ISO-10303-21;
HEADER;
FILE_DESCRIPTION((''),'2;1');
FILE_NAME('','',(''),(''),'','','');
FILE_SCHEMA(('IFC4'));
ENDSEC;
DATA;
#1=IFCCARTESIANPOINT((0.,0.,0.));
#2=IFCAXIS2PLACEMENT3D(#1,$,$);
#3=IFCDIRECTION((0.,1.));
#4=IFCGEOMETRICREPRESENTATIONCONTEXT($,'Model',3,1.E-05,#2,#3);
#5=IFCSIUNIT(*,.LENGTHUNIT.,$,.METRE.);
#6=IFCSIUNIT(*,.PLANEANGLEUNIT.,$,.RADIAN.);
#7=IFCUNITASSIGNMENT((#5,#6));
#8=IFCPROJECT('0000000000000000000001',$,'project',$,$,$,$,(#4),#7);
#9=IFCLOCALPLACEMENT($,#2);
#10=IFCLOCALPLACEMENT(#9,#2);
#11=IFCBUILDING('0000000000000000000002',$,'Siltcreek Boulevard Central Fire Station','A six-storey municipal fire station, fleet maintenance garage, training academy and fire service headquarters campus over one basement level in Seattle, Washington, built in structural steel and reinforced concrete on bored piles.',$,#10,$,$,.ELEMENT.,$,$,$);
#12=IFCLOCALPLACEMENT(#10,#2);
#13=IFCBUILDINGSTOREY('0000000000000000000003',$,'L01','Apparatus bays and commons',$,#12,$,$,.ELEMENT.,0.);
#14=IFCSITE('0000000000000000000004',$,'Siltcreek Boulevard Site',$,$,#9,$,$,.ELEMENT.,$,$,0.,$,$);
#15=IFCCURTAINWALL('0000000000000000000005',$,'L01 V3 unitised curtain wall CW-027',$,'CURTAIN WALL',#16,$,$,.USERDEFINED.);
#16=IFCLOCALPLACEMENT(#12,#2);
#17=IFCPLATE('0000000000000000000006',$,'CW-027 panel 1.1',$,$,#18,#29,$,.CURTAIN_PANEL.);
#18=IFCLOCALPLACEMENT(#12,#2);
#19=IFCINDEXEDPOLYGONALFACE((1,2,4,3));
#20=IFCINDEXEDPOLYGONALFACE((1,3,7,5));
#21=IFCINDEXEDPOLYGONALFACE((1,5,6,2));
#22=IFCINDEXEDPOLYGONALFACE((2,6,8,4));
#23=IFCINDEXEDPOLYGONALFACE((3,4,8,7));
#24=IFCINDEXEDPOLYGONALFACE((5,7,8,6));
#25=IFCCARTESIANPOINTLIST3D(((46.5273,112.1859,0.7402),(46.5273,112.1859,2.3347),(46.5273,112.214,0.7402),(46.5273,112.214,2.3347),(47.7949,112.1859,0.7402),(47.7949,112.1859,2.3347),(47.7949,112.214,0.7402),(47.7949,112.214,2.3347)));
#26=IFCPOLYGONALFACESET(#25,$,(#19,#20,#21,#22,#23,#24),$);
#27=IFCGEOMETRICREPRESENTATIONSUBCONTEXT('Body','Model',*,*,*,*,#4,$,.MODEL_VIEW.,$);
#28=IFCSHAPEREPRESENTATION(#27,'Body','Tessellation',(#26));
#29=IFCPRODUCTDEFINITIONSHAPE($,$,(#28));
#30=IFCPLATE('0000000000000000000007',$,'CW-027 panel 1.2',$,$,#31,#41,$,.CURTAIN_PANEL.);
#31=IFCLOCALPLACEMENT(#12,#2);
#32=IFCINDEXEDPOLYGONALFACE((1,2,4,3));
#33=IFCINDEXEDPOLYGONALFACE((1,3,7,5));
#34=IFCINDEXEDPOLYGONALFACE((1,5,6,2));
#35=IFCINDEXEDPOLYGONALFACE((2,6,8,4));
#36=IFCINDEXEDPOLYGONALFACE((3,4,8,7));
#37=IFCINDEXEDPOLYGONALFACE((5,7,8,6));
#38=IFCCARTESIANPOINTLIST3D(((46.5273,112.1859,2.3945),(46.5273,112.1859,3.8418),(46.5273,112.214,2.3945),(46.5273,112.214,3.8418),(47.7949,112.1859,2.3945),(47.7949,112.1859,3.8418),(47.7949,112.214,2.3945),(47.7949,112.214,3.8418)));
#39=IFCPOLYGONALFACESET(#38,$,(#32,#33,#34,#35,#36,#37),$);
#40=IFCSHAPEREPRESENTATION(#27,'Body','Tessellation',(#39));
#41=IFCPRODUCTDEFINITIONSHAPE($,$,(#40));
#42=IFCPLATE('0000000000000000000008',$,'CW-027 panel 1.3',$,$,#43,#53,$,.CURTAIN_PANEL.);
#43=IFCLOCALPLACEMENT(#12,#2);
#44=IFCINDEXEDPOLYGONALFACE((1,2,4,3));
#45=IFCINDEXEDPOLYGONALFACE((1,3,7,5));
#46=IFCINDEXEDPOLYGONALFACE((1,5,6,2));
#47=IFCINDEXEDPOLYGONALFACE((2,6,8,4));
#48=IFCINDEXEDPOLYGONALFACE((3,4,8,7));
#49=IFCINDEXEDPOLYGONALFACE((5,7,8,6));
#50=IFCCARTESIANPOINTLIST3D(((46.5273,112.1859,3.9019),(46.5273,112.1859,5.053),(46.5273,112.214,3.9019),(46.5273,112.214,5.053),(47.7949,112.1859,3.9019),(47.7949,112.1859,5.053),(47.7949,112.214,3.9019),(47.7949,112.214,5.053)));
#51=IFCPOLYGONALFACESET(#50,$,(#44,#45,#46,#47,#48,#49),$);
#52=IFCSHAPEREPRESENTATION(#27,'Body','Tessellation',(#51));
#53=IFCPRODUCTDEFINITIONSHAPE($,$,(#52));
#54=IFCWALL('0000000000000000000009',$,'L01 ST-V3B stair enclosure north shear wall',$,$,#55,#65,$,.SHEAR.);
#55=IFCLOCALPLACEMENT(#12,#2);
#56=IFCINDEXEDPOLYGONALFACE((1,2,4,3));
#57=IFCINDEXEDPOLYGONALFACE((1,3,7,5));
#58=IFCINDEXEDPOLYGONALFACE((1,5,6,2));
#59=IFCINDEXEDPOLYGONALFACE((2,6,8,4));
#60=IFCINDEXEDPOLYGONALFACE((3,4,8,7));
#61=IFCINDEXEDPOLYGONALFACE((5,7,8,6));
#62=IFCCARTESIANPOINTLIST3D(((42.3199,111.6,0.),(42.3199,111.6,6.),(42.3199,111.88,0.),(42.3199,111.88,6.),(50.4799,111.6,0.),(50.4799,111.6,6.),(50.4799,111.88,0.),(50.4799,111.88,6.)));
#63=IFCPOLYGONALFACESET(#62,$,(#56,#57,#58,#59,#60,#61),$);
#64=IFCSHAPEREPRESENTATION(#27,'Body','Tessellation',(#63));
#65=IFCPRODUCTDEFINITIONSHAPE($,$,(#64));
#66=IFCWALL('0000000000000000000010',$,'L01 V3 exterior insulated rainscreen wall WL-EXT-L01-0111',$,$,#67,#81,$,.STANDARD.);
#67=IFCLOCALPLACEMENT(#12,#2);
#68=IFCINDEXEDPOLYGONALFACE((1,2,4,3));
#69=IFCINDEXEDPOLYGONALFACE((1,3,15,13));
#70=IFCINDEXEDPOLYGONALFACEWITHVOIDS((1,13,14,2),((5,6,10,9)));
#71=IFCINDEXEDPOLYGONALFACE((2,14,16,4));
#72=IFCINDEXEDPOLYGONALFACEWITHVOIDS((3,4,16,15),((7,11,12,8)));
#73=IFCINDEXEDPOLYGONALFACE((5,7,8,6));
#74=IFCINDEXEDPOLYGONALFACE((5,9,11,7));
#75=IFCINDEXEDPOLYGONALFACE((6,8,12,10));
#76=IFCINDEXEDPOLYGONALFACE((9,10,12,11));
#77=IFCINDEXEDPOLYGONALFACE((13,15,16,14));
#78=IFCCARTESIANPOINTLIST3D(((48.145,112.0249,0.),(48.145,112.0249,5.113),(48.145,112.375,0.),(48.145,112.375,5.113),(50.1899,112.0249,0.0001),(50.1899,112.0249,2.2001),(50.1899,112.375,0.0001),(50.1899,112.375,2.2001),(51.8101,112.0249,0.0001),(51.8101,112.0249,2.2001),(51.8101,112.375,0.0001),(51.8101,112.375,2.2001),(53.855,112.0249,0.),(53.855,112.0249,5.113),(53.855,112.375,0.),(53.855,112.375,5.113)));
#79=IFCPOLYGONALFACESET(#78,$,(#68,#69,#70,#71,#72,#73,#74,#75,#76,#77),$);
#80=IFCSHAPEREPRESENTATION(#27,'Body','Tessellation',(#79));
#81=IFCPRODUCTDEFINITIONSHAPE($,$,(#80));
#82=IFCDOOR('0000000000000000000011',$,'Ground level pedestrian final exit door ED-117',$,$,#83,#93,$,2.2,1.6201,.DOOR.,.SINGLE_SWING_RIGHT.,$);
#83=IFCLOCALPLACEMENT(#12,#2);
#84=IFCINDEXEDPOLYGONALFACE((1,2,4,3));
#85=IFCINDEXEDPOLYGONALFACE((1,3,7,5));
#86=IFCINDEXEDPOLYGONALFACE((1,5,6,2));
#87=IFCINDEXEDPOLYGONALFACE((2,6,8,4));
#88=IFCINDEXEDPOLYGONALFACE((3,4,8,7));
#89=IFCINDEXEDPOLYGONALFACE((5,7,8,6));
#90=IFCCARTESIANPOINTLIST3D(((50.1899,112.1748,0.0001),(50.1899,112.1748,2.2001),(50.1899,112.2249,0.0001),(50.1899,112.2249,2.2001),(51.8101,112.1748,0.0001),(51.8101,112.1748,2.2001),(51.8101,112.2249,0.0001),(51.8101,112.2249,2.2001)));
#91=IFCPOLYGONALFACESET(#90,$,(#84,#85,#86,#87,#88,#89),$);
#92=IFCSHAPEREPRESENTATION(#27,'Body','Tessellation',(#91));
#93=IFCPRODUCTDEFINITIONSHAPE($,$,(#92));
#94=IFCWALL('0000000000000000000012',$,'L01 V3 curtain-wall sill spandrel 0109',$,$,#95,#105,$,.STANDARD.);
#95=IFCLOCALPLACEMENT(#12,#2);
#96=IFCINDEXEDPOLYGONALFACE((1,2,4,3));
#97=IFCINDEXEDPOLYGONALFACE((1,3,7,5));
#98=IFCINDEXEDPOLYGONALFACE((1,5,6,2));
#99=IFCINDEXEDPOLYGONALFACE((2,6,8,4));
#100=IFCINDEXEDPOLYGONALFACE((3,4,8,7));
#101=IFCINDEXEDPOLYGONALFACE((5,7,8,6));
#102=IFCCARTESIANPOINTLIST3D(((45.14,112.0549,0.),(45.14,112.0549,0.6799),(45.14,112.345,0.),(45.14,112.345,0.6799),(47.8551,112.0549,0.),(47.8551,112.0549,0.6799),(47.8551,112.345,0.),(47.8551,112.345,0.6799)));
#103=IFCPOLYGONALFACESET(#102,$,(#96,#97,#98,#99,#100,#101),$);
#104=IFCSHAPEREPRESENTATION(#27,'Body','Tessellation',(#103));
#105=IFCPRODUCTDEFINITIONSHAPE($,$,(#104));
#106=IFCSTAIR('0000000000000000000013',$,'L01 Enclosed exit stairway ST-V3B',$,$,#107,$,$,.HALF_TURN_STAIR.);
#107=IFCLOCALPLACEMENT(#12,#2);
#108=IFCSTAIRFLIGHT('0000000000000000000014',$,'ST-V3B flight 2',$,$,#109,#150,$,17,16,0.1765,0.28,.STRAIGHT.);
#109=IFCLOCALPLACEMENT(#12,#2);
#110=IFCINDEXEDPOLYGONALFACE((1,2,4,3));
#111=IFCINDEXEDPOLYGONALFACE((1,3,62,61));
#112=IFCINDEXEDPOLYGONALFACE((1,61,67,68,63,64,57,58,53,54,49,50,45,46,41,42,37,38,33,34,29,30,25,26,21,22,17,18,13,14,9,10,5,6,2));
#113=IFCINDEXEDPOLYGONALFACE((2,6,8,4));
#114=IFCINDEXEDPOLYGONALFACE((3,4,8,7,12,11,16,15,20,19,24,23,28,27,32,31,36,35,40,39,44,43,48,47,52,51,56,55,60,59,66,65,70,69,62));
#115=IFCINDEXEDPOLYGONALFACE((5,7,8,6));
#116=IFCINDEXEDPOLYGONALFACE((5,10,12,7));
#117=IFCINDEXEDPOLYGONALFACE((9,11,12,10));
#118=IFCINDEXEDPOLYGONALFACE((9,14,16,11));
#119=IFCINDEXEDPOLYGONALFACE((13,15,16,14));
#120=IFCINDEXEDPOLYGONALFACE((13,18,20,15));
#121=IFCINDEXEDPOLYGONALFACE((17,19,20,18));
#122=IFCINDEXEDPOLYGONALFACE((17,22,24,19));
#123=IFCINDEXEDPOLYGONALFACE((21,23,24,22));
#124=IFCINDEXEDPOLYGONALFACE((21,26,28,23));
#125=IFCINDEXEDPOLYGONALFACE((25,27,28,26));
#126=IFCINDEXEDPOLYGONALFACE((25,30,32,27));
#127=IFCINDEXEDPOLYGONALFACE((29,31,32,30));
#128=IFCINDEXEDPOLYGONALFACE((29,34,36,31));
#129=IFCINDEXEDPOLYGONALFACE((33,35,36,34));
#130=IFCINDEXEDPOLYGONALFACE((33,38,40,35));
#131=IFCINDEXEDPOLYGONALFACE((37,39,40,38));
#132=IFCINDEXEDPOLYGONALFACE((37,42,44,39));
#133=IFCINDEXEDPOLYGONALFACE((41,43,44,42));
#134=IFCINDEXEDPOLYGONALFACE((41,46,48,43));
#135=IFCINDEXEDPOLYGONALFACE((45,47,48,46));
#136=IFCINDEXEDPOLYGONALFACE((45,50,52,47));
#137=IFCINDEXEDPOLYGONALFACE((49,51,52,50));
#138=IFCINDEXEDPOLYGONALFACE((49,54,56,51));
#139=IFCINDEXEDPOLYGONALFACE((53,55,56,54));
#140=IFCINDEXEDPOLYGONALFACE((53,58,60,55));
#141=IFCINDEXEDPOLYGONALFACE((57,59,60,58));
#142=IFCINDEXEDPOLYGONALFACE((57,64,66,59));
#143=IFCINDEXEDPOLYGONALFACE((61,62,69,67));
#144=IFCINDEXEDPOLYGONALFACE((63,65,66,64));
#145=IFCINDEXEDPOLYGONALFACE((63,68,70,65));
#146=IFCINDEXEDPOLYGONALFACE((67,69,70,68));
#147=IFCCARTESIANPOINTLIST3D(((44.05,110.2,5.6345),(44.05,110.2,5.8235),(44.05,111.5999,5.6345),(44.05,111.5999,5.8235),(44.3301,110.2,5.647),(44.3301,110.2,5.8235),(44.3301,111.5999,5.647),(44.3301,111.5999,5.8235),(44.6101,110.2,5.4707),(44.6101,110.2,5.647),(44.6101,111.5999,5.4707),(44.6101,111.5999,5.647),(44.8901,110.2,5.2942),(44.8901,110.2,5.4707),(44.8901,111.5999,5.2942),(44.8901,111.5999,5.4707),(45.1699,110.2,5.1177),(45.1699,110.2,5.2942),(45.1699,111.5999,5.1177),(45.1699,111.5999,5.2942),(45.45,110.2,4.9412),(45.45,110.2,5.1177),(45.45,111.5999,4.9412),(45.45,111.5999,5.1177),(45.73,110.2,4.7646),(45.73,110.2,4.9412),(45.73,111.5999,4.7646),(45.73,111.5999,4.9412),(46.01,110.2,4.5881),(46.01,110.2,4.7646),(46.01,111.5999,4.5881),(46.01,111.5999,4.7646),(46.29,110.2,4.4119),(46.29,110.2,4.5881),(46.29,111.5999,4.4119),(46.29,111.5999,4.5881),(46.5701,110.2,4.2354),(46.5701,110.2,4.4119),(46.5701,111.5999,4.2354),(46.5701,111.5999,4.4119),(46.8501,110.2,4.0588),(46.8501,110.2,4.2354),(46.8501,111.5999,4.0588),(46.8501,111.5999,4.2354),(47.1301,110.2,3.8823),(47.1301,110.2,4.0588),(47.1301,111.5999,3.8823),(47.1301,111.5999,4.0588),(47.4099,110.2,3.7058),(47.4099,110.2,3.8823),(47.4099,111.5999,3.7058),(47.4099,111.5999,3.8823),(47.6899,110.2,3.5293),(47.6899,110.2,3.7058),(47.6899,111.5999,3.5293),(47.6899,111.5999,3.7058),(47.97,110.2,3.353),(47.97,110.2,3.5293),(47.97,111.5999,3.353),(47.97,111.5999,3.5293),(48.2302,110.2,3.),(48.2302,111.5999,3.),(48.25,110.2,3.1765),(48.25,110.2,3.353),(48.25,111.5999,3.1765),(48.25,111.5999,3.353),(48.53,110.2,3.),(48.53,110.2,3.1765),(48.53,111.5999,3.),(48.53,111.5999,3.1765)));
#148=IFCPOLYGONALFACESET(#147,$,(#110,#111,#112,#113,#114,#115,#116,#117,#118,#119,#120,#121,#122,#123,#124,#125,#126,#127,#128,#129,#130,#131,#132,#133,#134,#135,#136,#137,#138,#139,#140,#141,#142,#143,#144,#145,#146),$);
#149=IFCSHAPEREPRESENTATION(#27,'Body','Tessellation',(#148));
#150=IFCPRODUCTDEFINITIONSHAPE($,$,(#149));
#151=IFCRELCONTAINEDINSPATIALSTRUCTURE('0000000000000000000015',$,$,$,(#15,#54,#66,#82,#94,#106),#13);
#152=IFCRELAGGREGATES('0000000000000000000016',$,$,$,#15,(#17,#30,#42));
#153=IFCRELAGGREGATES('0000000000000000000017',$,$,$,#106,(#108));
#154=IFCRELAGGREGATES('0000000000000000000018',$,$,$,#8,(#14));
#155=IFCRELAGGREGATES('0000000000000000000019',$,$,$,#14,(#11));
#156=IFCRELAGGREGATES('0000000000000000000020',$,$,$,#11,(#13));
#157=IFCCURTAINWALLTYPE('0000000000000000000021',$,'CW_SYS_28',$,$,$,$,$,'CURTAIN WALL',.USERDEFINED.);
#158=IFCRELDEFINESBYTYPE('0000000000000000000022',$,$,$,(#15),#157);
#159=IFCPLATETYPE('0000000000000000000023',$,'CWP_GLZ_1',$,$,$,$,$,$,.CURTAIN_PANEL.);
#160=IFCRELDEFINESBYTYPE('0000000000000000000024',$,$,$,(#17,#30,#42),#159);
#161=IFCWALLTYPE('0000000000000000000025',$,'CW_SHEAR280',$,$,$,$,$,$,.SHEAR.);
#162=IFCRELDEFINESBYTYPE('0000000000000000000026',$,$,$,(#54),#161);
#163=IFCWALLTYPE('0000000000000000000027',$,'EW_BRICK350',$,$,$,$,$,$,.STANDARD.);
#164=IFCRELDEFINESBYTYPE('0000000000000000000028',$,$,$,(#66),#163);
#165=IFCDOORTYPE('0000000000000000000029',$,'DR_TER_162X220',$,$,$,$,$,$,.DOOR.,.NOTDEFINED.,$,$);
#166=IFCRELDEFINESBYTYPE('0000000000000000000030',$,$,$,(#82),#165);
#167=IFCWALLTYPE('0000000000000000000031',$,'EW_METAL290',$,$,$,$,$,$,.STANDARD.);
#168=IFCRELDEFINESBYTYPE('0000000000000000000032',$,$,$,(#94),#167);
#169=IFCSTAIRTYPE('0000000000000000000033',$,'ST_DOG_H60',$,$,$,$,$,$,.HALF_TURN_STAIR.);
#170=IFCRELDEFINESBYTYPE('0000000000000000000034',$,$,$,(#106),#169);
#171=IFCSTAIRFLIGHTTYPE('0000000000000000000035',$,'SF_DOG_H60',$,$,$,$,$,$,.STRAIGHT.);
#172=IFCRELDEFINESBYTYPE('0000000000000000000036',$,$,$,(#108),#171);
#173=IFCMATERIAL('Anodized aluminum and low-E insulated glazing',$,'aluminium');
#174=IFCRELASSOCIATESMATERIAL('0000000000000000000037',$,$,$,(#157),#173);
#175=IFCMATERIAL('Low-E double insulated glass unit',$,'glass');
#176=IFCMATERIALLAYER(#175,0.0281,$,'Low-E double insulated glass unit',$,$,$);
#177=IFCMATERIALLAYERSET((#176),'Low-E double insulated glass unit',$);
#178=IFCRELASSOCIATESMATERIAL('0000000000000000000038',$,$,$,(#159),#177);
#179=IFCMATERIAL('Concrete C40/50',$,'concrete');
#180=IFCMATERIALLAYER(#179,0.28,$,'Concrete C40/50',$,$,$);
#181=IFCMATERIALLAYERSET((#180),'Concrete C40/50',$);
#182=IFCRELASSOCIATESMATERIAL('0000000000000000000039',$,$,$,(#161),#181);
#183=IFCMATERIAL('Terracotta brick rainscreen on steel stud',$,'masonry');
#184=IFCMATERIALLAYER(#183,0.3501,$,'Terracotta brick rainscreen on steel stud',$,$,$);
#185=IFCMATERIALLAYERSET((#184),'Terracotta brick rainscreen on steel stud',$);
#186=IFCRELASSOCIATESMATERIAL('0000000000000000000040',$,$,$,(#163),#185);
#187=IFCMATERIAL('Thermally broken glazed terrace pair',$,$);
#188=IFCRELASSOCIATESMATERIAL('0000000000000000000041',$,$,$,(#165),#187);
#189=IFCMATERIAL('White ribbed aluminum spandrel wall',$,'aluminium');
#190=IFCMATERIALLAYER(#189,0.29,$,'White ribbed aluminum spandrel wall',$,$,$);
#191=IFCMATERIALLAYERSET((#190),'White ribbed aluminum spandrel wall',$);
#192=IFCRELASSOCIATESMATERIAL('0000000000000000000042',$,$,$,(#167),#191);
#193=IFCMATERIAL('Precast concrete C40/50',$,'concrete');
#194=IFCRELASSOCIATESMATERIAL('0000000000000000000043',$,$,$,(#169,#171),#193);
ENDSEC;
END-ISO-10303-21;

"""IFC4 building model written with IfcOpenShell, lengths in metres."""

from ifc_helpers import new_model, si_unit, direction, frame, frame_2d, origin, origin_2d, place, context, subcontext, project, spatial, polyline, rectangle, outline, extrude, material, layer, layer_set, type_object, element, fill, aggregate, save


model = new_model("IFC4")

# Units and contexts
model_context = context("Model", 3, precision=1e-05, world=origin(), true_north=direction((0.0, 1.0)))
body_context = subcontext(model_context, "Body", "Model", "MODEL_VIEW")
ifc_project = project(units=[si_unit("LENGTHUNIT", "METRE"), si_unit("PLANEANGLEUNIT", "RADIAN")], contexts=[model_context])

# Site, building, storey
site_placement = place(None, origin())
site = spatial("IfcSite", under=ifc_project, at=site_placement, Name="Siltcreek Boulevard Site", CompositionType="ELEMENT", RefElevation=0.0)
building_placement = place(site_placement, origin())
building = spatial("IfcBuilding", under=site, at=building_placement, Name="Siltcreek Boulevard Central Fire Station", Description="A six-storey municipal fire station, fleet maintenance garage, training academy and fire service headquarters campus over one basement level in Seattle, Washington, built in structural steel and reinforced concrete on bored piles.", CompositionType="ELEMENT")
storey_placement = place(building_placement, origin())
storey = spatial("IfcBuildingStorey", under=building, at=storey_placement, Name="L01", Description="Apparatus bays and commons", CompositionType="ELEMENT", Elevation=0.0)

# Curtain wall
ifc_material_1 = material(Name="Anodized aluminum and low-E insulated glazing", Category="aluminium")
curtain_wall_type = type_object("IfcCurtainWallType", Name="CW_SYS_28", ElementType="CURTAIN WALL", PredefinedType="USERDEFINED", material=ifc_material_1)
curtain_wall_placement = place(storey_placement, origin())
curtain_wall = element("IfcCurtainWall", 1, at=curtain_wall_placement, inside=storey, type_object=curtain_wall_type, Name="L01 V3 unitised curtain wall CW-027", ObjectType="CURTAIN WALL", PredefinedType="USERDEFINED")

# Plates
ifc_material_2 = material(Name="Low-E double insulated glass unit", Category="glass")
ifc_layer_1 = layer(ifc_material_2, 0.0281, Name="Low-E double insulated glass unit")
ifc_layer_set_1 = layer_set([ifc_layer_1], Name="Low-E double insulated glass unit")
plate_type = type_object("IfcPlateType", Name="CWP_GLZ_1", PredefinedType="CURTAIN_PANEL", material=ifc_layer_set_1)
plate_1_placement = place(storey_placement, frame((47.1611, 112.2, 0.7402), z_axis=(0.0, 0.0, 1.0), x_axis=(-1.0, 0.0, 0.0)))
plate_1 = element("IfcPlate", 2, at=plate_1_placement, type_object=plate_type, Name="CW-027 panel 1.1", PredefinedType="CURTAIN_PANEL", context=body_context, shape_type="SweptSolid", body=[
    extrude(rectangle(XDim=1.2676, YDim=0.0281, at=origin_2d()), origin(), (0.0, 0.0, 1.0), 1.5945),
])
plate_2_placement = place(storey_placement, frame((47.1611, 112.2, 2.3945), z_axis=(0.0, 0.0, 1.0), x_axis=(-1.0, 0.0, 0.0)))
plate_2 = element("IfcPlate", 3, at=plate_2_placement, type_object=plate_type, Name="CW-027 panel 1.2", PredefinedType="CURTAIN_PANEL", context=body_context, shape_type="SweptSolid", body=[
    extrude(rectangle(XDim=1.2676, YDim=0.0281, at=origin_2d()), origin(), (0.0, 0.0, 1.0), 1.4473),
])
plate_3_placement = place(storey_placement, frame((47.1611, 112.2, 3.9019), z_axis=(0.0, 0.0, 1.0), x_axis=(-1.0, 0.0, 0.0)))
plate_3 = element("IfcPlate", 4, at=plate_3_placement, type_object=plate_type, Name="CW-027 panel 1.3", PredefinedType="CURTAIN_PANEL", context=body_context, shape_type="SweptSolid", body=[
    extrude(rectangle(XDim=1.2676, YDim=0.0281, at=origin_2d()), origin(), (0.0, 0.0, 1.0), 1.1511),
])
aggregate(curtain_wall, [plate_1, plate_2, plate_3])

# Wall
ifc_material_3 = material(Name="Concrete C40/50", Category="concrete")
ifc_layer_2 = layer(ifc_material_3, 0.28, Name="Concrete C40/50")
ifc_layer_set_2 = layer_set([ifc_layer_2], Name="Concrete C40/50")
wall_type_1 = type_object("IfcWallType", Name="CW_SHEAR280", PredefinedType="SHEAR", material=ifc_layer_set_2)
wall_1_placement = place(storey_placement, frame((50.48, 111.74, 0.0), z_axis=(0.0, 0.0, 1.0), x_axis=(-1.0, 0.0, 0.0)))
element("IfcWall", 5, at=wall_1_placement, inside=storey, type_object=wall_type_1, Name="L01 ST-V3B stair enclosure north shear wall", PredefinedType="SHEAR", context=body_context, shape_type="SweptSolid", body=[
    extrude(rectangle(XDim=8.1599, YDim=0.28, at=frame_2d((4.0801, 0.0))), origin(), (0.0, 0.0, 1.0), 6.0),
])

# Wall, opening, door
ifc_material_4 = material(Name="Terracotta brick rainscreen on steel stud", Category="masonry")
ifc_layer_3 = layer(ifc_material_4, 0.3501, Name="Terracotta brick rainscreen on steel stud")
ifc_layer_set_3 = layer_set([ifc_layer_3], Name="Terracotta brick rainscreen on steel stud")
wall_type_2 = type_object("IfcWallType", Name="EW_BRICK350", PredefinedType="STANDARD", material=ifc_layer_set_3)
wall_2_placement = place(storey_placement, frame((53.855, 112.2, 0.0), z_axis=(0.0, 0.0, 1.0), x_axis=(-1.0, 0.0, 0.0)))
wall_2 = element("IfcWall", 6, at=wall_2_placement, inside=storey, type_object=wall_type_2, Name="L01 V3 exterior insulated rainscreen wall WL-EXT-L01-0111", PredefinedType="STANDARD", context=body_context, shape_type="SweptSolid", body=[
    extrude(rectangle(XDim=5.71, YDim=0.3501, at=frame_2d((2.855, 0.0))), origin(), (0.0, 0.0, 1.0), 5.113),
])
opening_placement = place(wall_2_placement, frame((2.0449, 0.0, 0.0)))
opening = element("IfcOpeningElement", 7, at=opening_placement, cuts=wall_2, PredefinedType="OPENING", context=body_context, shape_type="SweptSolid", body=[
    extrude(rectangle(XDim=1.6201, YDim=2.2, at=frame_2d((0.8101, 1.1001))), frame((0.0, 0.1851, 0.0), z_axis=(0.0, -1.0, 0.0), x_axis=(1.0, 0.0, 0.0)), (0.0, 0.0, 1.0), 0.3701),
])
ifc_material_5 = material(Name="Thermally broken glazed terrace pair")
door_type = type_object("IfcDoorType", Name="DR_TER_162X220", OperationType="NOTDEFINED", PredefinedType="DOOR", material=ifc_material_5)
door_placement = place(opening_placement, frame((1.6201, 0.0, 0.0), z_axis=(0.0, 0.0, 1.0), x_axis=(-1.0, 0.0, 0.0)))
door = element("IfcDoor", 8, at=door_placement, inside=storey, type_object=door_type, Name="Ground level pedestrian final exit door ED-117", OperationType="SINGLE_SWING_RIGHT", OverallHeight=2.2, OverallWidth=1.6201, PredefinedType="DOOR", context=body_context, shape_type="SweptSolid", body=[
    extrude(rectangle(XDim=1.6201, YDim=2.2, at=frame_2d((0.8101, 1.1001))), frame((0.0, 0.0249, 0.0), z_axis=(0.0, -1.0, 0.0), x_axis=(1.0, 0.0, 0.0)), (0.0, 0.0, 1.0), 0.05),
])
fill(opening, door)

# Wall
ifc_material_6 = material(Name="White ribbed aluminum spandrel wall", Category="aluminium")
ifc_layer_4 = layer(ifc_material_6, 0.29, Name="White ribbed aluminum spandrel wall")
ifc_layer_set_4 = layer_set([ifc_layer_4], Name="White ribbed aluminum spandrel wall")
wall_type_3 = type_object("IfcWallType", Name="EW_METAL290", PredefinedType="STANDARD", material=ifc_layer_set_4)
wall_3_placement = place(storey_placement, frame((47.855, 112.2, 0.0), z_axis=(0.0, 0.0, 1.0), x_axis=(-1.0, 0.0, 0.0)))
element("IfcWall", 9, at=wall_3_placement, inside=storey, type_object=wall_type_3, Name="L01 V3 curtain-wall sill spandrel 0109", PredefinedType="STANDARD", context=body_context, shape_type="SweptSolid", body=[
    extrude(rectangle(XDim=2.7151, YDim=0.29, at=frame_2d((1.3574, 0.0))), origin(), (0.0, 0.0, 1.0), 0.6799),
])

# Stair, stair flight
ifc_material_7 = material(Name="Precast concrete C40/50", Category="concrete")
stair_type = type_object("IfcStairType", Name="ST_DOG_H60", PredefinedType="HALF_TURN_STAIR", material=ifc_material_7)
stair_placement = place(storey_placement, origin())
stair = element("IfcStair", 10, at=stair_placement, inside=storey, type_object=stair_type, Name="L01 Enclosed exit stairway ST-V3B", PredefinedType="HALF_TURN_STAIR")
stair_flight_type = type_object("IfcStairFlightType", Name="SF_DOG_H60", PredefinedType="STRAIGHT", material=ifc_material_7)
stair_flight_placement = place(storey_placement, frame((48.53, 110.8999, 3.0), z_axis=(0.0, 0.0, 1.0), x_axis=(-1.0, 0.0, 0.0)))
stair_flight = element("IfcStairFlight", 11, at=stair_flight_placement, type_object=stair_flight_type, Name="ST-V3B flight 2", NumberOfRisers=17, NumberOfTreads=16, PredefinedType="STRAIGHT", RiserHeight=0.1765, TreadLength=0.28, context=body_context, shape_type="SweptSolid", body=[
    extrude(outline(polyline([(0.0, 0.0), (0.0, 0.1765), (0.28, 0.1765), (0.28, 0.353), (0.5601, 0.353), (0.5601, 0.5293), (0.8401, 0.5293), (0.8401, 0.7058), (1.1201, 0.7058), (1.1201, 0.8823), (1.3999, 0.8823), (1.3999, 1.0588), (1.6799, 1.0588), (1.6799, 1.2354), (1.96, 1.2354), (1.96, 1.4119), (2.24, 1.4119), (2.24, 1.5881), (2.52, 1.5881), (2.52, 1.7646), (2.8, 1.7646), (2.8, 1.9412), (3.0801, 1.9412), (3.0801, 2.1177), (3.3601, 2.1177), (3.3601, 2.2942), (3.6399, 2.2942), (3.6399, 2.4707), (3.9199, 2.4707), (3.9199, 2.647), (4.2, 2.647), (4.2, 2.8235), (4.48, 2.8235), (4.48, 3.0), (4.48, 2.6345), (0.2998, 0.0), (0.0, 0.0)])), frame((0.0, 0.7, 0.0), z_axis=(0.0, -1.0, 0.0), x_axis=(1.0, 0.0, 0.0)), (0.0, 0.0, 1.0), 1.3999),
])
aggregate(stair, [stair_flight])

save(model, "model.ifc")
